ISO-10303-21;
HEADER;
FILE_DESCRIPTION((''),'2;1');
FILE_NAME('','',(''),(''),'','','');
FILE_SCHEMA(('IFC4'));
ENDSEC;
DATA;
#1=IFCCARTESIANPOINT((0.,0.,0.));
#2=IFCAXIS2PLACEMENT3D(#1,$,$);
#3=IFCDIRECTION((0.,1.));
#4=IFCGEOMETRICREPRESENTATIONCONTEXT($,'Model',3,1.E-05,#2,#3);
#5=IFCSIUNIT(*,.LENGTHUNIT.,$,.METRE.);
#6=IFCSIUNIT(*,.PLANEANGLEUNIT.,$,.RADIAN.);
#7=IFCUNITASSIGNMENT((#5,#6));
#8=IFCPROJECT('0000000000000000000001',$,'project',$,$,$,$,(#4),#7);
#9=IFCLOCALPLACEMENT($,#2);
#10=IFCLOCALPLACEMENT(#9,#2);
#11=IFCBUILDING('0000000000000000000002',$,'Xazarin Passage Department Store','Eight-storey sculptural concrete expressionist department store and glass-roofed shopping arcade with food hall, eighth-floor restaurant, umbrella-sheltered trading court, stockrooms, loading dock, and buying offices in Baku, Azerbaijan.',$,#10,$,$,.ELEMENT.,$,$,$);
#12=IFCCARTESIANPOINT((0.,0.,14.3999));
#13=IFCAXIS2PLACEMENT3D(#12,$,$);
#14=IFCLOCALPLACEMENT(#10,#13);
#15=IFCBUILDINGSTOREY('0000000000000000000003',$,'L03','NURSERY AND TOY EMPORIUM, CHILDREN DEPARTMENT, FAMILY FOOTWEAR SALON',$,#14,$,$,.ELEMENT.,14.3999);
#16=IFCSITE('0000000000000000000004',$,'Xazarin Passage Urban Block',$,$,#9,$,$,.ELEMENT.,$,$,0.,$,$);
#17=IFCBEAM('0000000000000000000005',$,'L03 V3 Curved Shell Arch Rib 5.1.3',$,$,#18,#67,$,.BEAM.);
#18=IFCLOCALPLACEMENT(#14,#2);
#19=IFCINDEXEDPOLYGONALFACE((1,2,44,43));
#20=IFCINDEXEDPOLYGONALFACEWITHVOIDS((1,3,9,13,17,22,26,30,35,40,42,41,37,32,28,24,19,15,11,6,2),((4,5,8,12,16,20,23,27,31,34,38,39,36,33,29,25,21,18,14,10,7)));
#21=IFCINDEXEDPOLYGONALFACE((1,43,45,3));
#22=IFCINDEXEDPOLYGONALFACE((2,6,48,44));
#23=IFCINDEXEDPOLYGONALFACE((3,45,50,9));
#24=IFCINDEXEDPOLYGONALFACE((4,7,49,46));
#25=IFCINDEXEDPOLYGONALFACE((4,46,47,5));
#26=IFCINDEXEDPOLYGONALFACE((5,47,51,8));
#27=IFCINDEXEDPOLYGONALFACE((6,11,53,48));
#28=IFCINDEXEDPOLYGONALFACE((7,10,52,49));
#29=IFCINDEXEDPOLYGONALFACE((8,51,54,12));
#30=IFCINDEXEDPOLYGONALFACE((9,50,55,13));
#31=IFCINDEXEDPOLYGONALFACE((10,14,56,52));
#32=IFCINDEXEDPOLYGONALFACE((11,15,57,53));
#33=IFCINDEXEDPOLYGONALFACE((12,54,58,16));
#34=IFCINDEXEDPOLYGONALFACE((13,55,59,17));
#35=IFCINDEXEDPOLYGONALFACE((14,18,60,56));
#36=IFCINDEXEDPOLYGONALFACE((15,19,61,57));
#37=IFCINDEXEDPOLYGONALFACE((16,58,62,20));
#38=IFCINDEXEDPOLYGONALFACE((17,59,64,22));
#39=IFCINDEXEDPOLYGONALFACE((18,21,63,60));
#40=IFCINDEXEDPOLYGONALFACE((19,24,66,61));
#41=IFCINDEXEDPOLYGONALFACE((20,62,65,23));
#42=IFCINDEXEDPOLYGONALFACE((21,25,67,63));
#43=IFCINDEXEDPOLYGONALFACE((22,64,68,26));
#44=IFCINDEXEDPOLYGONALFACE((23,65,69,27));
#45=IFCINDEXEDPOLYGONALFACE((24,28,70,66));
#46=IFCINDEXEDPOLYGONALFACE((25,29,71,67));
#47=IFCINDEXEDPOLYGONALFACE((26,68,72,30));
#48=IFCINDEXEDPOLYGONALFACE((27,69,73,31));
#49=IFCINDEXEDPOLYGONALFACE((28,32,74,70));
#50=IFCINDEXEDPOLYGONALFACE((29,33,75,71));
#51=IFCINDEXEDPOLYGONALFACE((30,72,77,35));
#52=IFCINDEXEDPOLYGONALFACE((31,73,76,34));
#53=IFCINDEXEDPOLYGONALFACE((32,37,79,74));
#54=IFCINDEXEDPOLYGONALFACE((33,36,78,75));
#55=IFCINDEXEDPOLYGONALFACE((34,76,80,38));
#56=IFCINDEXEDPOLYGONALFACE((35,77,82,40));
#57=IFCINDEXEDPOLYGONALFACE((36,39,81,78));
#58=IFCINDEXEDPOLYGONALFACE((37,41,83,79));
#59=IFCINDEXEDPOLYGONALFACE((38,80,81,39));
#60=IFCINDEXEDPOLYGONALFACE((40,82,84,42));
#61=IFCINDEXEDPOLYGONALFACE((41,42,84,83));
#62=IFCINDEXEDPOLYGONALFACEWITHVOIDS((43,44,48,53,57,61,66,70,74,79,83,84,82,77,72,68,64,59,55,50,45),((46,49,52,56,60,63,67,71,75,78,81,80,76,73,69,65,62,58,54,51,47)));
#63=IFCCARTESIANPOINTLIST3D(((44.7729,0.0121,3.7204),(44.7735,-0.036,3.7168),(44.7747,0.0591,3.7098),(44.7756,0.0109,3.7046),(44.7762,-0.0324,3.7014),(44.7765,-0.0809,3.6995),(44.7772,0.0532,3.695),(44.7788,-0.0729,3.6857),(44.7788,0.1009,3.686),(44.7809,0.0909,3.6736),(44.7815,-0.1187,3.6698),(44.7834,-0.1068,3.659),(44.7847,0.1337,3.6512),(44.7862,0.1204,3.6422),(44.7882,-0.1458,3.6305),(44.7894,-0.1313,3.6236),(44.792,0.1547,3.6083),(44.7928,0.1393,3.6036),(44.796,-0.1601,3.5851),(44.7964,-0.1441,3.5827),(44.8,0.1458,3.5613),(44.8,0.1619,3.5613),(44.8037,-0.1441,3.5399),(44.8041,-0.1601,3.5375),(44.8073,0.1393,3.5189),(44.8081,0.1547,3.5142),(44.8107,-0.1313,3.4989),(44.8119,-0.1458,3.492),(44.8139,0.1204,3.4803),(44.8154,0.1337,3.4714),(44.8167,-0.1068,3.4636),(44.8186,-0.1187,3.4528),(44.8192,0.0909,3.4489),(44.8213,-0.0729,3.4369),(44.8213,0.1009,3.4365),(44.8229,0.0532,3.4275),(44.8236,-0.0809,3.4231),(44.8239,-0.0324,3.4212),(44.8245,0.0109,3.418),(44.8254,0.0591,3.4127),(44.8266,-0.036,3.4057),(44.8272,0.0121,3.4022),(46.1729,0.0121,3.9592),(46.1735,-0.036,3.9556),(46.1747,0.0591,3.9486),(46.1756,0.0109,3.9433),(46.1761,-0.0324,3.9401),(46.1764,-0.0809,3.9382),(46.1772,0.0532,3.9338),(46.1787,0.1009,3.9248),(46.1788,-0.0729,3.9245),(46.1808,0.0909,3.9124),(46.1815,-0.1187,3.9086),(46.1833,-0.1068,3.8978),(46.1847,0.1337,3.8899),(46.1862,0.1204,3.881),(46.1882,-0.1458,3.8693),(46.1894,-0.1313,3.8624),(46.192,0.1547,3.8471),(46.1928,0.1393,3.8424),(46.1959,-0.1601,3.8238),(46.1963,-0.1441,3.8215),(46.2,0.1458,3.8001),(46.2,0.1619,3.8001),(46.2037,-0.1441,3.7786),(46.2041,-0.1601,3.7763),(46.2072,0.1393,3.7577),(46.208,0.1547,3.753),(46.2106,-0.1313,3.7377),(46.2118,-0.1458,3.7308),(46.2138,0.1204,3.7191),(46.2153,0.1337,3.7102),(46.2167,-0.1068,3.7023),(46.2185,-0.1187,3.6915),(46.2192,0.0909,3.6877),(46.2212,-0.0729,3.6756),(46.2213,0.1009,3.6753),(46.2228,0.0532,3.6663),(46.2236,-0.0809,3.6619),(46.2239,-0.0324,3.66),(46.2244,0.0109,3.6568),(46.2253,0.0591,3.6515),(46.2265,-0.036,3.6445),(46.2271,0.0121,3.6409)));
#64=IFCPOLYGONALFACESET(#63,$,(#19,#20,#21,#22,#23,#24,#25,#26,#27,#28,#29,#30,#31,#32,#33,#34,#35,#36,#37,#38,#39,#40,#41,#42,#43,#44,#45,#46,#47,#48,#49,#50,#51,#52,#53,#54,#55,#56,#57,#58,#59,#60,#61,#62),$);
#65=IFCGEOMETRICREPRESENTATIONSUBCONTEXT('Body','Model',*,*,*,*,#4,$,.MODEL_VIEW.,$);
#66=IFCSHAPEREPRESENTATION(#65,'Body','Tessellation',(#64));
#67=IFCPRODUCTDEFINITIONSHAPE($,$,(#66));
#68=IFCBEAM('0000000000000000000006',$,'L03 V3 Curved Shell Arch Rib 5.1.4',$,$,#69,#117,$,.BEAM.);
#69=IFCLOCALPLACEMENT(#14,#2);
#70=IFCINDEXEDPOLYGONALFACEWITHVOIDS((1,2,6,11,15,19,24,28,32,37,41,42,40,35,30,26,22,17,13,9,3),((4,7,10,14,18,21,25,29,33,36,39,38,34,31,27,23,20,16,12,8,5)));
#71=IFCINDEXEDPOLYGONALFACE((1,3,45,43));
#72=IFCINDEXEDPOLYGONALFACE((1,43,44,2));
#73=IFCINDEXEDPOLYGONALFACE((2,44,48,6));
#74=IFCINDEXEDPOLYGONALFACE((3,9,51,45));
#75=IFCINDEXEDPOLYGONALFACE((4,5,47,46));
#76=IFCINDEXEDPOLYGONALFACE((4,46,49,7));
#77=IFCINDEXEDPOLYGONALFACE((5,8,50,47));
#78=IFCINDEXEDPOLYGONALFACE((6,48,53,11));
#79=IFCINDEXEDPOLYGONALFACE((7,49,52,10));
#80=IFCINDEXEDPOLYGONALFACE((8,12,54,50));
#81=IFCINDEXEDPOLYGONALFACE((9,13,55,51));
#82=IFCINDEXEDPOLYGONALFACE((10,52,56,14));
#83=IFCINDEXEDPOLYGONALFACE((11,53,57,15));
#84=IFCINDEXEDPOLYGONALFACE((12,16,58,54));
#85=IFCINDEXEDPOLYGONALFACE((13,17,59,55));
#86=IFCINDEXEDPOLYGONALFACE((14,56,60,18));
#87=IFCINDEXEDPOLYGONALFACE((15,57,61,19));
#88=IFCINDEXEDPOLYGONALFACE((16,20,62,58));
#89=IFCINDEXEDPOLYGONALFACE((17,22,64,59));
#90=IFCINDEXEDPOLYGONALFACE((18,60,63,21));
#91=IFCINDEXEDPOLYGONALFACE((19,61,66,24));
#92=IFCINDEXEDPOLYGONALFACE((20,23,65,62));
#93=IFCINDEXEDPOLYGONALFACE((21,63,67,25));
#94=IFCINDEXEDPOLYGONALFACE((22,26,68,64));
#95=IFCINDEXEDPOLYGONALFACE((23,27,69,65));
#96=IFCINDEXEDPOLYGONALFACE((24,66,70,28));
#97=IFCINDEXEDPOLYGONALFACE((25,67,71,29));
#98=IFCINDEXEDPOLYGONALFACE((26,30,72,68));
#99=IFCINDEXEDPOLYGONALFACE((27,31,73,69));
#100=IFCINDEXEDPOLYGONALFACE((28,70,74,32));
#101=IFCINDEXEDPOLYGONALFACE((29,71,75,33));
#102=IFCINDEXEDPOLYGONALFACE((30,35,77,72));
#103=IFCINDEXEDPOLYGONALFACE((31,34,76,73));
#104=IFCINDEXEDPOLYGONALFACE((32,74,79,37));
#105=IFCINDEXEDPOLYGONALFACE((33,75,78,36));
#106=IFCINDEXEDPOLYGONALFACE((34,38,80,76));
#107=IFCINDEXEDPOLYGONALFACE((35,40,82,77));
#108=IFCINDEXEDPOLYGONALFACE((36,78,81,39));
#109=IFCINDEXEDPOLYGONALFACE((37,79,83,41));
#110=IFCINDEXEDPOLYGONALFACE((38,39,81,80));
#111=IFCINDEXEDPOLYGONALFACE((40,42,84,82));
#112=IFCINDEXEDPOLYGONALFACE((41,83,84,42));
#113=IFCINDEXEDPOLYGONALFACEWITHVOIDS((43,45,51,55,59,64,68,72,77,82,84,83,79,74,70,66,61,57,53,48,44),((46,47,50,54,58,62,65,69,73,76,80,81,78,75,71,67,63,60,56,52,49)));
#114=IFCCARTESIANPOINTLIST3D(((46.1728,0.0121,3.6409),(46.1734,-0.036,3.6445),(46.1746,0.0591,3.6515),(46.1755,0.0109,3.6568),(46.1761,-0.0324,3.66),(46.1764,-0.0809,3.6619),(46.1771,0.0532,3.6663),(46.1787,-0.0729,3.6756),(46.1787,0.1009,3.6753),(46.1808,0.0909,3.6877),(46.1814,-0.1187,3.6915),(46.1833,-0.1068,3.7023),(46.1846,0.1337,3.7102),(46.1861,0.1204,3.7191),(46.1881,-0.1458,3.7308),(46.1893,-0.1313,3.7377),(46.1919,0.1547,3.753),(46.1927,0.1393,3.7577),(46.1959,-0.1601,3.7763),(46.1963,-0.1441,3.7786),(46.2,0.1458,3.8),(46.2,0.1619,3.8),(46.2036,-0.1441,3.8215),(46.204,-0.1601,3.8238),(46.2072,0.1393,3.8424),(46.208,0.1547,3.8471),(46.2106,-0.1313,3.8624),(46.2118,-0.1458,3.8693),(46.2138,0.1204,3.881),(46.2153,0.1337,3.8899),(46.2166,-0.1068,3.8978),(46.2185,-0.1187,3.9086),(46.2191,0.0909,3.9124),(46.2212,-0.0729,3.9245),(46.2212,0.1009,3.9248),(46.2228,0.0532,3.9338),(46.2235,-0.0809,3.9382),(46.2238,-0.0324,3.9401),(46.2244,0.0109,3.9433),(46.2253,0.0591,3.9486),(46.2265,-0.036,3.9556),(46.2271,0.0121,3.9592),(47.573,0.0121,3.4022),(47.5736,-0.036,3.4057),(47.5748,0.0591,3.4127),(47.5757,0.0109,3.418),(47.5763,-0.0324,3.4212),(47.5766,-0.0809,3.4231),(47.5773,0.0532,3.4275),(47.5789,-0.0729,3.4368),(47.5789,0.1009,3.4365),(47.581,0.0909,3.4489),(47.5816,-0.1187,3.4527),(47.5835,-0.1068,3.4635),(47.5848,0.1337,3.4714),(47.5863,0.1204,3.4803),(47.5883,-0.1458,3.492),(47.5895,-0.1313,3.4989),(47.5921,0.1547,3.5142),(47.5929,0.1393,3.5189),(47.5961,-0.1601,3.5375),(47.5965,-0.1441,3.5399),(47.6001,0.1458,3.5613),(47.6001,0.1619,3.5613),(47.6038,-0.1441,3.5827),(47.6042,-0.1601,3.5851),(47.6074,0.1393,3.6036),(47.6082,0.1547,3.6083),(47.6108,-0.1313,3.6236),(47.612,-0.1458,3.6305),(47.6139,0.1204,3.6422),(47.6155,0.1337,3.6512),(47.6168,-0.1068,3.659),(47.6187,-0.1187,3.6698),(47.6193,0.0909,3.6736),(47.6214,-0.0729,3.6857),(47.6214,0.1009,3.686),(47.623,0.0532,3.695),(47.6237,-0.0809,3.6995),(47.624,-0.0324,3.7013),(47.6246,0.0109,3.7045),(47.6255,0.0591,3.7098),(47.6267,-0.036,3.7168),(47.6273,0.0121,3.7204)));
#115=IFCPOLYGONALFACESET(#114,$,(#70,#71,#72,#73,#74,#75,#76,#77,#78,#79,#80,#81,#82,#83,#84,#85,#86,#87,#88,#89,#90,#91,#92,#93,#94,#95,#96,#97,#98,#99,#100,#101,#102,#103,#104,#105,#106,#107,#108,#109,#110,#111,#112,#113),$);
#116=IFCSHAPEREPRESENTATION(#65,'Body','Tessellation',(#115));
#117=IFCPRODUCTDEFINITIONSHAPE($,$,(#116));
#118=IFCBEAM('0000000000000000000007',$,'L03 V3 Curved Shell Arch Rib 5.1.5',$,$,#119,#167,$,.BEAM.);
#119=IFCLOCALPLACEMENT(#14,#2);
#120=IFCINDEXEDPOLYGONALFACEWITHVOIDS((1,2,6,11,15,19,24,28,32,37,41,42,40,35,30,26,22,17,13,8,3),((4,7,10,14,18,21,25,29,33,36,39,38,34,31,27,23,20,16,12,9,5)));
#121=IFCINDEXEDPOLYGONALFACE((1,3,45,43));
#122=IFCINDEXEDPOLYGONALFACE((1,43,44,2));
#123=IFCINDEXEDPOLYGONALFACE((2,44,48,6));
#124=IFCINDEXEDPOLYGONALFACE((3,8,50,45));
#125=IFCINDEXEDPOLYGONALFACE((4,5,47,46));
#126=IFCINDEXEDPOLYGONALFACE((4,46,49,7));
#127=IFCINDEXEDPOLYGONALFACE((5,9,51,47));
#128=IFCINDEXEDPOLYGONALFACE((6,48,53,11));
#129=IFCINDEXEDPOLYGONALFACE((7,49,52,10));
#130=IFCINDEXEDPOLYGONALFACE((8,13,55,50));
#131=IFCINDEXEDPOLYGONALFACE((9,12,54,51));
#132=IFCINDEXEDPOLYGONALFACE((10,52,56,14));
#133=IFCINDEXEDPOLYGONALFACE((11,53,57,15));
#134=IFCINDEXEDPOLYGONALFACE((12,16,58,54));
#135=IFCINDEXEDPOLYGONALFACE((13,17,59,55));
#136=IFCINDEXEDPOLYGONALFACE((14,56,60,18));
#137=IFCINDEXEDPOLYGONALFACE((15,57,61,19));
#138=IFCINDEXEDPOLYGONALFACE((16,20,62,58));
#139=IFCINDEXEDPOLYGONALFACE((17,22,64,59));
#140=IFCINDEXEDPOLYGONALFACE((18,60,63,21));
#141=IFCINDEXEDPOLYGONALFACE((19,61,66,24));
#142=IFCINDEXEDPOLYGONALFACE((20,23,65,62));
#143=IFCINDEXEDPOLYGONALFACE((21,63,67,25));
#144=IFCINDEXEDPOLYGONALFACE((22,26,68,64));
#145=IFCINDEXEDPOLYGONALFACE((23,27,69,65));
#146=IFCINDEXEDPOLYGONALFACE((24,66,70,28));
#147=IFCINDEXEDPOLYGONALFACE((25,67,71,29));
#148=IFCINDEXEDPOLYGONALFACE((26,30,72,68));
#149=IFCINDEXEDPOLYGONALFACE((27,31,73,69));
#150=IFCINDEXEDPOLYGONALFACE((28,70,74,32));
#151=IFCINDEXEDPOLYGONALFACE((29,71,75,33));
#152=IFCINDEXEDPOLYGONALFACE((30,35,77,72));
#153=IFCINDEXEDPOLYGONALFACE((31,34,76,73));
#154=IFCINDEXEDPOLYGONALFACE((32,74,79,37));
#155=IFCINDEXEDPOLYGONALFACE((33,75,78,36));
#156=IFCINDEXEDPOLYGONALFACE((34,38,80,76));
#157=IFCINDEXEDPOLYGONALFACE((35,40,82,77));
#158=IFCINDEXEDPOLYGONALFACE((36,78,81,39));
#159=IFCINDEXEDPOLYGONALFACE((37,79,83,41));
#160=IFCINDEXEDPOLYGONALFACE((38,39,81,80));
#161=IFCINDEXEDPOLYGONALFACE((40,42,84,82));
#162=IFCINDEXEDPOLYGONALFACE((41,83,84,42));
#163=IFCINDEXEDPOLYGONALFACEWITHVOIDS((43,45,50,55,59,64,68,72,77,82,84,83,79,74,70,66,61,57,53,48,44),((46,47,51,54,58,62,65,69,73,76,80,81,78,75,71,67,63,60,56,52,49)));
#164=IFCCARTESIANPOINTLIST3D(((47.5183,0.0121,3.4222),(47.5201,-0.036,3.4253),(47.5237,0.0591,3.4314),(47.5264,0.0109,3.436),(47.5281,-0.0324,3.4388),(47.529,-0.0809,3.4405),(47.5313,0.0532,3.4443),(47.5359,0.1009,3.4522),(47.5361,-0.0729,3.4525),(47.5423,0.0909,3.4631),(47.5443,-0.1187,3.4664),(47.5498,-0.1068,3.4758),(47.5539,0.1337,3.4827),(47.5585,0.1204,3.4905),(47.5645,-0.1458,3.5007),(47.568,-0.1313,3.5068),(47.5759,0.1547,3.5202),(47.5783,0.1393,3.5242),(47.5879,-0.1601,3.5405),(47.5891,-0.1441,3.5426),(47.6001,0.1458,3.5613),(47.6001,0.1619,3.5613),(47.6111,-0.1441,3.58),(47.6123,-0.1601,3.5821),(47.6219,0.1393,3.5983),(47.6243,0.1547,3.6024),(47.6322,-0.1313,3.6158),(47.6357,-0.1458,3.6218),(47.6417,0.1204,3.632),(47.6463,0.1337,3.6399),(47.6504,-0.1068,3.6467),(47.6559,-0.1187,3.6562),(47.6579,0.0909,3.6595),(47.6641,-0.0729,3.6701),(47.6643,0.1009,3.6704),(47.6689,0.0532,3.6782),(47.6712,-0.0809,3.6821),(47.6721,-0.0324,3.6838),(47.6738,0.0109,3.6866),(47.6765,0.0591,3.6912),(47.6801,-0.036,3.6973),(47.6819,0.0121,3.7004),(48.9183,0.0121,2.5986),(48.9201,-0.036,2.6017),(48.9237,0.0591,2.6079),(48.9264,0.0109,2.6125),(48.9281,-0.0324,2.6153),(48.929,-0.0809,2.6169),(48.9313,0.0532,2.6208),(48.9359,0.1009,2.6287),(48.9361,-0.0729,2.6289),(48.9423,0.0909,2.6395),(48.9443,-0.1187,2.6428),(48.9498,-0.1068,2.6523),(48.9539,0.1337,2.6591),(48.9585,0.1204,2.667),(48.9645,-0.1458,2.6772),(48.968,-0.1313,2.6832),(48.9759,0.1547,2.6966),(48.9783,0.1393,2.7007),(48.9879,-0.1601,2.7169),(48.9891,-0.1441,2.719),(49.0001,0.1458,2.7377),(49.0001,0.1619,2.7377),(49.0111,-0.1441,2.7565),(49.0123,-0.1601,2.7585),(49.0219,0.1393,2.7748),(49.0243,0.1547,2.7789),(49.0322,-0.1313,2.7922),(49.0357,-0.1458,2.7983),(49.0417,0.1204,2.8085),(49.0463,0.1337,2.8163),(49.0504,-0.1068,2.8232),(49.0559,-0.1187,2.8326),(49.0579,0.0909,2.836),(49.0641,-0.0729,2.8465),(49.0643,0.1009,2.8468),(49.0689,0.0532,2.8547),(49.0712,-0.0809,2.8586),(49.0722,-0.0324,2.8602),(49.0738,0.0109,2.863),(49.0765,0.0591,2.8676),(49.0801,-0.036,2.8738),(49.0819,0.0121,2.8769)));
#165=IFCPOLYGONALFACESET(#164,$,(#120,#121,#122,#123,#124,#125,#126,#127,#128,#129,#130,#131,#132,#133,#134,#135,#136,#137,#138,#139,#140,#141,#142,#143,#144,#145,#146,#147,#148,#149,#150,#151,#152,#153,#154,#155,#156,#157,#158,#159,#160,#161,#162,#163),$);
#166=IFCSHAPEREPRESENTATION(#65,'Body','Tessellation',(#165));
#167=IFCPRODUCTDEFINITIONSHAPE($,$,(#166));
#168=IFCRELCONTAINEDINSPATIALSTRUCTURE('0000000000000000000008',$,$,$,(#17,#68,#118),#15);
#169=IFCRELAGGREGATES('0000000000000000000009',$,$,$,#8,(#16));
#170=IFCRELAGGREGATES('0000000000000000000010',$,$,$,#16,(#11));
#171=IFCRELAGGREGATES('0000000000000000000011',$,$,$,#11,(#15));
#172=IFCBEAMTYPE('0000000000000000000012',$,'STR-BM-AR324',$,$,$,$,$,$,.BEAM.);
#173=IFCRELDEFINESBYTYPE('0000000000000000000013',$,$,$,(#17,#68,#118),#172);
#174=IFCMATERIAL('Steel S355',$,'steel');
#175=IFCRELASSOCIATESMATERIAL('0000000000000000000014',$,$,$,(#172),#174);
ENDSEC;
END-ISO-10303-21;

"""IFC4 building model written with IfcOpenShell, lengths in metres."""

from ifc_helpers import new_model, si_unit, direction, frame, origin, origin_2d, place, context, subcontext, project, spatial, hollow_circle, extrude, material, material_profile, profile_set, type_object, element, save


model = new_model("IFC4")

# Units and contexts
model_context = context("Model", 3, precision=1e-05, world=origin(), true_north=direction((0.0, 1.0)))
body_context = subcontext(model_context, "Body", "Model", "MODEL_VIEW")
ifc_project = project(units=[si_unit("LENGTHUNIT", "METRE"), si_unit("PLANEANGLEUNIT", "RADIAN")], contexts=[model_context])

# Site, building, storey
site_placement = place(None, origin())
site = spatial("IfcSite", under=ifc_project, at=site_placement, Name="Xazarin Passage Urban Block", CompositionType="ELEMENT", RefElevation=0.0)
building_placement = place(site_placement, origin())
building = spatial("IfcBuilding", under=site, at=building_placement, Name="Xazarin Passage Department Store", Description="Eight-storey sculptural concrete expressionist department store and glass-roofed shopping arcade with food hall, eighth-floor restaurant, umbrella-sheltered trading court, stockrooms, loading dock, and buying offices in Baku, Azerbaijan.", CompositionType="ELEMENT")
storey_placement = place(building_placement, frame((0.0, 0.0, 14.3999)))
storey = spatial("IfcBuildingStorey", under=building, at=storey_placement, Name="L03", Description="NURSERY AND TOY EMPORIUM, CHILDREN DEPARTMENT, FAMILY FOOTWEAR SALON", CompositionType="ELEMENT", Elevation=14.3999)

# Beams
ifc_material_1 = material(Name="Steel S355", Category="steel")
ifc_material_profile_1 = material_profile(ifc_material_1, hollow_circle(Radius=0.1619, WallThickness=0.0161, at=origin_2d()), Name="CHS 323.9x16")
ifc_profile_set_1 = profile_set([ifc_material_profile_1], Name="Steel S355")
beam_type_1 = type_object("IfcBeamType", Name="STR-BM-AR324", PredefinedType="BEAM", material=ifc_profile_set_1)
beam_1_placement = place(storey_placement, frame((44.8, 0.0, 3.5613), z_axis=(0.985764, 0.0, 0.168133), x_axis=(0.0, 1.0, 0.0)))
element("IfcBeam", 1, at=beam_1_placement, inside=storey, type_object=beam_type_1, Name="L03 V3 Curved Shell Arch Rib 5.1.3", PredefinedType="BEAM", context=body_context, shape_type="SweptSolid", body=[
    extrude(hollow_circle(Radius=0.1619, WallThickness=0.0161, at=origin_2d()), origin(), (0.0, 0.0, 1.0), 1.4202),
])
beam_2_placement = place(storey_placement, frame((46.2, 0.0, 3.8), z_axis=(0.985769, 0.0, -0.168105), x_axis=(0.0, 1.0, 0.0)))
element("IfcBeam", 2, at=beam_2_placement, inside=storey, type_object=beam_type_1, Name="L03 V3 Curved Shell Arch Rib 5.1.4", PredefinedType="BEAM", context=body_context, shape_type="SweptSolid", body=[
    extrude(hollow_circle(Radius=0.1619, WallThickness=0.0161, at=origin_2d()), origin(), (0.0, 0.0, 1.0), 1.4204),
])
beam_3_placement = place(storey_placement, frame((47.6001, 0.0, 3.5613), z_axis=(0.86193, 0.0, -0.507027), x_axis=(0.0, 1.0, 0.0)))
element("IfcBeam", 3, at=beam_3_placement, inside=storey, type_object=beam_type_1, Name="L03 V3 Curved Shell Arch Rib 5.1.5", PredefinedType="BEAM", context=body_context, shape_type="SweptSolid", body=[
    extrude(hollow_circle(Radius=0.1619, WallThickness=0.0161, at=origin_2d()), origin(), (0.0, 0.0, 1.0), 1.6243),
])

save(model, "model.ifc")
